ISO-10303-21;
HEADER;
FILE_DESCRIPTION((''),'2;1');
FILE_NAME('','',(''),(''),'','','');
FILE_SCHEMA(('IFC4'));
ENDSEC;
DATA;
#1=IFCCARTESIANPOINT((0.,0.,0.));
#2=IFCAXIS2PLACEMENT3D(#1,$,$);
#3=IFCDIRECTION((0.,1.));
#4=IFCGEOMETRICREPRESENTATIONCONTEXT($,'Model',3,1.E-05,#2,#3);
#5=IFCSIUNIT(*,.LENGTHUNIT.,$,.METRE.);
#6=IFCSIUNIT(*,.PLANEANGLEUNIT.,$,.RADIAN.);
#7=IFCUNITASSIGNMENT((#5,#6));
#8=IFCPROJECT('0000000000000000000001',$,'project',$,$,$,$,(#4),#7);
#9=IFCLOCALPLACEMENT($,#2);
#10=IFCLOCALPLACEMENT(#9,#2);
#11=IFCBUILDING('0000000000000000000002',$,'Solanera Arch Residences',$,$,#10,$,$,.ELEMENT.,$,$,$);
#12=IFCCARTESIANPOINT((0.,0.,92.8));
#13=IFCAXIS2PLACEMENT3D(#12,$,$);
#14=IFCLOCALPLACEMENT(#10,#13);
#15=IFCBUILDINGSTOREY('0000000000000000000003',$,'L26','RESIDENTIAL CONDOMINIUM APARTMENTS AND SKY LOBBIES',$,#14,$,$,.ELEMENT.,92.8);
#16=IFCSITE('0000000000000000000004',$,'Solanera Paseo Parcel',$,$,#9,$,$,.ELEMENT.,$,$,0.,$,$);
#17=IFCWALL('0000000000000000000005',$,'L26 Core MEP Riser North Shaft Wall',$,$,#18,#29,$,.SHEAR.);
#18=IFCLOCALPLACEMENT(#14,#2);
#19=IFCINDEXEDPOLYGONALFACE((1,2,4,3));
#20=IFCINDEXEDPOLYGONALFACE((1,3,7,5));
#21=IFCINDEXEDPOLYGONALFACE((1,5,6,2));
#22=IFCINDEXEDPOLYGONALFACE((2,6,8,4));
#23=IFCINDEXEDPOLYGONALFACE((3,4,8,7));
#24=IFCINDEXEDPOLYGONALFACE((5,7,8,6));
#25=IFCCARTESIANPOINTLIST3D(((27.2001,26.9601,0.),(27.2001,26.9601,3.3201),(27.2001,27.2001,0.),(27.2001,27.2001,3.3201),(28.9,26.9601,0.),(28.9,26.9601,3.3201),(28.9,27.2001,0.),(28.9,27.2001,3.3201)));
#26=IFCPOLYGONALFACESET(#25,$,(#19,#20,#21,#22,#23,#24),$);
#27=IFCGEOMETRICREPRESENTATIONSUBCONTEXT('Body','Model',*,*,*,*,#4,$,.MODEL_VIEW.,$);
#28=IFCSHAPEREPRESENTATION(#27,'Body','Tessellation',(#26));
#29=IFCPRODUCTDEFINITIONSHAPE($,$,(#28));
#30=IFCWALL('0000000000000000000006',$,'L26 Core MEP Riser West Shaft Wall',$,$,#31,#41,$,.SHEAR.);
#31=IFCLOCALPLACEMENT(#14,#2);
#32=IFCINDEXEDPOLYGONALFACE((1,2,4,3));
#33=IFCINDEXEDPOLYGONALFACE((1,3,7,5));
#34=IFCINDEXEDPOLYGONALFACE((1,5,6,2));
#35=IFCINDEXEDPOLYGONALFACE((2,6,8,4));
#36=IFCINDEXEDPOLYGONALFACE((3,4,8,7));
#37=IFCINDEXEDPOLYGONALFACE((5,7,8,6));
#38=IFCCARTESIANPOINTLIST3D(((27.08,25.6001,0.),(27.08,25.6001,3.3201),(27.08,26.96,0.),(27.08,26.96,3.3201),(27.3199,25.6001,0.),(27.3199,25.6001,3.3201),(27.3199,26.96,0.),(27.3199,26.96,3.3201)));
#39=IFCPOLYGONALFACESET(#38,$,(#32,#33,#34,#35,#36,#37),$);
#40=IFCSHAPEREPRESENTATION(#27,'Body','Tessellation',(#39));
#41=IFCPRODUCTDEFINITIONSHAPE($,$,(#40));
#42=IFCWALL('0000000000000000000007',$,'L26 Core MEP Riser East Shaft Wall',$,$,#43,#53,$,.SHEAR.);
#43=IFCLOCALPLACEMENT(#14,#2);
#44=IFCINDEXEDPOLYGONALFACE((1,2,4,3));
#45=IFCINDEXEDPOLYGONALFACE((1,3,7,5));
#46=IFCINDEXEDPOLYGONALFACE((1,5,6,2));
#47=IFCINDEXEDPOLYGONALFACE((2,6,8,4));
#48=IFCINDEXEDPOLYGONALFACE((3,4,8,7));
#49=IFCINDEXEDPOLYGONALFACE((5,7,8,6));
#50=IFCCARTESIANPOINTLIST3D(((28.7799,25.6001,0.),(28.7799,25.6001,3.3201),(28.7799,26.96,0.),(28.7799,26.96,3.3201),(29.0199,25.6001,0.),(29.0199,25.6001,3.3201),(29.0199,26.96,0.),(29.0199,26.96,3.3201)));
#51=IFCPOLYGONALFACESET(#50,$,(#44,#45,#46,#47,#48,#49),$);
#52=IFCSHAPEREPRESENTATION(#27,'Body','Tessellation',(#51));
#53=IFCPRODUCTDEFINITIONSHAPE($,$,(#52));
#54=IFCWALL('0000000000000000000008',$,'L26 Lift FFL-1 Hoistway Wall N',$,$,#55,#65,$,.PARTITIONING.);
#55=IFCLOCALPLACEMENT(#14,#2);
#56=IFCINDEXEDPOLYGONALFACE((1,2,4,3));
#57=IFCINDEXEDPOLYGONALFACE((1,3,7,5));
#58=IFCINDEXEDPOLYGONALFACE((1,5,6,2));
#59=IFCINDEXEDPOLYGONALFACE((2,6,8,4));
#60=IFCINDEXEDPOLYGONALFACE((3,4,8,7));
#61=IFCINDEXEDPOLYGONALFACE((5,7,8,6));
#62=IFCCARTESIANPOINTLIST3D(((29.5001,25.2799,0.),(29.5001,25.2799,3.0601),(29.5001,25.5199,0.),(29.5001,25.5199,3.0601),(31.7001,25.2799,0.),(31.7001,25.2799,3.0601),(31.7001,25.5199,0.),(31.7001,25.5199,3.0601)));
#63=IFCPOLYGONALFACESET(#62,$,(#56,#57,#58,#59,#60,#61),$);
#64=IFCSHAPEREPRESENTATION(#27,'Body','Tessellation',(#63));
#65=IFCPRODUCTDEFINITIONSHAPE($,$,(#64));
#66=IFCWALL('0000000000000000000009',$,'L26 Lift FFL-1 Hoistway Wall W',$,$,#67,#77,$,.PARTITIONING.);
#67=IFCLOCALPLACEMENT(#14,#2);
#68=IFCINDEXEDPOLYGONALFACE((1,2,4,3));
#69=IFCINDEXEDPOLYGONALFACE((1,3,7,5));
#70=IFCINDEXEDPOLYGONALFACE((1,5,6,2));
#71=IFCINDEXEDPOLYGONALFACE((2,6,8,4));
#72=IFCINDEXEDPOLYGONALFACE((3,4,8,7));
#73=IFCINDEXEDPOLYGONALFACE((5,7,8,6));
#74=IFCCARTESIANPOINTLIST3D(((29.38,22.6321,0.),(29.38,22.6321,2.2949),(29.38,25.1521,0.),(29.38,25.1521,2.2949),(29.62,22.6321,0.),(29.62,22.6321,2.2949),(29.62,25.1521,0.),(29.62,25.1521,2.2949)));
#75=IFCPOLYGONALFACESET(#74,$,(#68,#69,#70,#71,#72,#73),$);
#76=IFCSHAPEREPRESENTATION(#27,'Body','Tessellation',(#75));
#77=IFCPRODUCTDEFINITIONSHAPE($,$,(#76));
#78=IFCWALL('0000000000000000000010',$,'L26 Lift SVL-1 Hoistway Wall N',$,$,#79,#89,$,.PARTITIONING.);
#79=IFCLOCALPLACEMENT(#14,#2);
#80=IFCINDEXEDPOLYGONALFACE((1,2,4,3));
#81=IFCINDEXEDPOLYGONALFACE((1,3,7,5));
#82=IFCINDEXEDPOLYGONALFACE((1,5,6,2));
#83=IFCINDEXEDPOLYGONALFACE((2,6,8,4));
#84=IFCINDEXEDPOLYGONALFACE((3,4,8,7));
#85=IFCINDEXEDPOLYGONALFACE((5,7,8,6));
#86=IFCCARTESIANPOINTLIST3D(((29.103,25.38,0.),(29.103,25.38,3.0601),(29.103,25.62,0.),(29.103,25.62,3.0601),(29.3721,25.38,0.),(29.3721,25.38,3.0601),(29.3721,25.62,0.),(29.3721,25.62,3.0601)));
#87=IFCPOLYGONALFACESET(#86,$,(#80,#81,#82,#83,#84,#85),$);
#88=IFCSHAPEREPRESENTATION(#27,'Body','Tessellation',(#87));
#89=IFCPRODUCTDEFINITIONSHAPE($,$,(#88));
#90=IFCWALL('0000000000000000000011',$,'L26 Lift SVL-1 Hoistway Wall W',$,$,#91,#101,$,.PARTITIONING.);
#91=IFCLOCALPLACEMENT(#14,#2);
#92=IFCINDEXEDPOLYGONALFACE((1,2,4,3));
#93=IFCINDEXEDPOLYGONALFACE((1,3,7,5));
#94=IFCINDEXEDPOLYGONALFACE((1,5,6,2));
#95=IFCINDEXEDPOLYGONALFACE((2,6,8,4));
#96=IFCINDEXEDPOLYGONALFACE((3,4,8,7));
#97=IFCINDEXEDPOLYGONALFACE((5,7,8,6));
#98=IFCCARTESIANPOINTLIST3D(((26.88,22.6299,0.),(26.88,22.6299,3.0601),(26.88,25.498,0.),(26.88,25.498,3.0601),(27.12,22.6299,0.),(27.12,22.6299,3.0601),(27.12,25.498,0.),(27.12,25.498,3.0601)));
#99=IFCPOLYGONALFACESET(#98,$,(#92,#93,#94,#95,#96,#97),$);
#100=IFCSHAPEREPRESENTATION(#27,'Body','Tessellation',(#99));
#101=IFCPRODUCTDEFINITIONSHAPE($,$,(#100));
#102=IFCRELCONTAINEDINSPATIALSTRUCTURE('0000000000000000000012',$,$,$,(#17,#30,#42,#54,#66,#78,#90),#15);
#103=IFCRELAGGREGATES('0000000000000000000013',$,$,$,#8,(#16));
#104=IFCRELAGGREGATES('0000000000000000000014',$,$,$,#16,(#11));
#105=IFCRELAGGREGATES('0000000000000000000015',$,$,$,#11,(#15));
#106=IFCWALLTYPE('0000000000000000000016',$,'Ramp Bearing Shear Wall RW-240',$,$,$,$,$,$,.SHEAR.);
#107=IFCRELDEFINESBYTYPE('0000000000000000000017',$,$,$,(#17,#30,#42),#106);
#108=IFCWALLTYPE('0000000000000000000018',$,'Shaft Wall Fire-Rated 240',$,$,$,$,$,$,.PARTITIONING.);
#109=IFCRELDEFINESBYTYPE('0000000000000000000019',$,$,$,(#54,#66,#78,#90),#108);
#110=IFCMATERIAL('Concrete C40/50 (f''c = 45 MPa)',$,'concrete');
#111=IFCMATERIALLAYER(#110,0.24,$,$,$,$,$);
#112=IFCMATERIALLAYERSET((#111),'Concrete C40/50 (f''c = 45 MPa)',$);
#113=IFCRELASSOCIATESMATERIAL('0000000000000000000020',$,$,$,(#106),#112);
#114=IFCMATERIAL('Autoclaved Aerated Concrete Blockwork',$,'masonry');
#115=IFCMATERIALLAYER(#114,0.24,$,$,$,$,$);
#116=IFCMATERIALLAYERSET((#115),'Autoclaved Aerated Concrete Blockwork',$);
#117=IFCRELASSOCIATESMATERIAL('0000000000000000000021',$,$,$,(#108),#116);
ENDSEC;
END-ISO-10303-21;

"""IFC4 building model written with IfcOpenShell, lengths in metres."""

from ifc_helpers import new_model, si_unit, direction, frame, frame_2d, origin, place, context, subcontext, project, spatial, rectangle, extrude, material, layer, layer_set, type_object, element, save


model = new_model("IFC4")

# Units and contexts
model_context = context("Model", 3, precision=1e-05, world=origin(), true_north=direction((0.0, 1.0)))
body_context = subcontext(model_context, "Body", "Model", "MODEL_VIEW")
ifc_project = project(units=[si_unit("LENGTHUNIT", "METRE"), si_unit("PLANEANGLEUNIT", "RADIAN")], contexts=[model_context])

# Site, building, storey
site_placement = place(None, origin())
site = spatial("IfcSite", under=ifc_project, at=site_placement, Name="Solanera Paseo Parcel", CompositionType="ELEMENT", RefElevation=0.0)
building_placement = place(site_placement, origin())
building = spatial("IfcBuilding", under=site, at=building_placement, Name="Solanera Arch Residences", CompositionType="ELEMENT")
storey_placement = place(building_placement, frame((0.0, 0.0, 92.8)))
storey = spatial("IfcBuildingStorey", under=building, at=storey_placement, Name="L26", Description="RESIDENTIAL CONDOMINIUM APARTMENTS AND SKY LOBBIES", CompositionType="ELEMENT", Elevation=92.8)

# Walls
ifc_material_1 = material(Name="Concrete C40/50 (f'c = 45 MPa)", Category="concrete")
ifc_layer_1 = layer(ifc_material_1, 0.24)
ifc_layer_set_1 = layer_set([ifc_layer_1], Name="Concrete C40/50 (f'c = 45 MPa)")
wall_type_1 = type_object("IfcWallType", Name="Ramp Bearing Shear Wall RW-240", PredefinedType="SHEAR", material=ifc_layer_set_1)
for number, where, z_axis, x_axis, name in (
    (1, (27.2, 27.0801, 0.0), (0.0, 0.0, 1.0), (1.0, 0.0, 0.0), "L26 Core MEP Riser North Shaft Wall"),
):
    element("IfcWall", number, at=place(storey_placement, frame(where, z_axis=z_axis, x_axis=x_axis)), inside=storey, type_object=wall_type_1, Name=name, PredefinedType="SHEAR", context=body_context, shape_type="SweptSolid", body=[
        extrude(rectangle(XDim=1.7, YDim=0.24, at=frame_2d((0.8501, 0.0))), origin(), (0.0, 0.0, 1.0), 3.3201),
    ])
for number, where, z_axis, x_axis, name in (
    (2, (27.2, 25.6001, 0.0), (0.0, 0.0, 1.0), (0.0, 1.0, 0.0), "L26 Core MEP Riser West Shaft Wall"),
    (3, (28.8999, 25.6001, 0.0), (0.0, 0.0, 1.0), (0.0, 1.0, 0.0), "L26 Core MEP Riser East Shaft Wall"),
):
    element("IfcWall", number, at=place(storey_placement, frame(where, z_axis=z_axis, x_axis=x_axis)), inside=storey, type_object=wall_type_1, Name=name, PredefinedType="SHEAR", context=body_context, shape_type="SweptSolid", body=[
        extrude(rectangle(XDim=1.3599, YDim=0.24, at=frame_2d((0.6799, 0.0))), origin(), (0.0, 0.0, 1.0), 3.3201),
    ])
ifc_material_2 = material(Name="Autoclaved Aerated Concrete Blockwork", Category="masonry")
ifc_layer_2 = layer(ifc_material_2, 0.24)
ifc_layer_set_2 = layer_set([ifc_layer_2], Name="Autoclaved Aerated Concrete Blockwork")
wall_type_2 = type_object("IfcWallType", Name="Shaft Wall Fire-Rated 240", PredefinedType="PARTITIONING", material=ifc_layer_set_2)
wall_1_placement = place(storey_placement, frame((29.5, 25.3999, 0.0), z_axis=(0.0, 0.0, 1.0), x_axis=(1.0, 0.0, 0.0)))
element("IfcWall", 4, at=wall_1_placement, inside=storey, type_object=wall_type_2, Name="L26 Lift FFL-1 Hoistway Wall N", PredefinedType="PARTITIONING", context=body_context, shape_type="SweptSolid", body=[
    extrude(rectangle(XDim=2.2, YDim=0.24, at=frame_2d((1.1001, 0.0))), origin(), (0.0, 0.0, 1.0), 3.0601),
])
wall_2_placement = place(storey_placement, frame((29.5, 22.6321, 0.0), z_axis=(0.0, 0.0, 1.0), x_axis=(0.0, 1.0, 0.0)))
element("IfcWall", 5, at=wall_2_placement, inside=storey, type_object=wall_type_2, Name="L26 Lift FFL-1 Hoistway Wall W", PredefinedType="PARTITIONING", context=body_context, shape_type="SweptSolid", body=[
    extrude(rectangle(XDim=2.52, YDim=0.24, at=frame_2d((1.26, 0.0))), origin(), (0.0, 0.0, 1.0), 2.2949),
])
wall_3_placement = place(storey_placement, frame((29.103, 25.5, 0.0), z_axis=(0.0, 0.0, 1.0), x_axis=(1.0, 0.0, 0.0)))
element("IfcWall", 6, at=wall_3_placement, inside=storey, type_object=wall_type_2, Name="L26 Lift SVL-1 Hoistway Wall N", PredefinedType="PARTITIONING", context=body_context, shape_type="SweptSolid", body=[
    extrude(rectangle(XDim=0.269, YDim=0.24, at=frame_2d((0.1345, 0.0))), origin(), (0.0, 0.0, 1.0), 3.0601),
])
wall_4_placement = place(storey_placement, frame((27.0, 22.6299, 0.0), z_axis=(0.0, 0.0, 1.0), x_axis=(0.0, 1.0, 0.0)))
element("IfcWall", 7, at=wall_4_placement, inside=storey, type_object=wall_type_2, Name="L26 Lift SVL-1 Hoistway Wall W", PredefinedType="PARTITIONING", context=body_context, shape_type="SweptSolid", body=[
    extrude(rectangle(XDim=2.8682, YDim=0.24, at=frame_2d((1.4341, 0.0))), origin(), (0.0, 0.0, 1.0), 3.0601),
])

save(model, "model.ifc")
